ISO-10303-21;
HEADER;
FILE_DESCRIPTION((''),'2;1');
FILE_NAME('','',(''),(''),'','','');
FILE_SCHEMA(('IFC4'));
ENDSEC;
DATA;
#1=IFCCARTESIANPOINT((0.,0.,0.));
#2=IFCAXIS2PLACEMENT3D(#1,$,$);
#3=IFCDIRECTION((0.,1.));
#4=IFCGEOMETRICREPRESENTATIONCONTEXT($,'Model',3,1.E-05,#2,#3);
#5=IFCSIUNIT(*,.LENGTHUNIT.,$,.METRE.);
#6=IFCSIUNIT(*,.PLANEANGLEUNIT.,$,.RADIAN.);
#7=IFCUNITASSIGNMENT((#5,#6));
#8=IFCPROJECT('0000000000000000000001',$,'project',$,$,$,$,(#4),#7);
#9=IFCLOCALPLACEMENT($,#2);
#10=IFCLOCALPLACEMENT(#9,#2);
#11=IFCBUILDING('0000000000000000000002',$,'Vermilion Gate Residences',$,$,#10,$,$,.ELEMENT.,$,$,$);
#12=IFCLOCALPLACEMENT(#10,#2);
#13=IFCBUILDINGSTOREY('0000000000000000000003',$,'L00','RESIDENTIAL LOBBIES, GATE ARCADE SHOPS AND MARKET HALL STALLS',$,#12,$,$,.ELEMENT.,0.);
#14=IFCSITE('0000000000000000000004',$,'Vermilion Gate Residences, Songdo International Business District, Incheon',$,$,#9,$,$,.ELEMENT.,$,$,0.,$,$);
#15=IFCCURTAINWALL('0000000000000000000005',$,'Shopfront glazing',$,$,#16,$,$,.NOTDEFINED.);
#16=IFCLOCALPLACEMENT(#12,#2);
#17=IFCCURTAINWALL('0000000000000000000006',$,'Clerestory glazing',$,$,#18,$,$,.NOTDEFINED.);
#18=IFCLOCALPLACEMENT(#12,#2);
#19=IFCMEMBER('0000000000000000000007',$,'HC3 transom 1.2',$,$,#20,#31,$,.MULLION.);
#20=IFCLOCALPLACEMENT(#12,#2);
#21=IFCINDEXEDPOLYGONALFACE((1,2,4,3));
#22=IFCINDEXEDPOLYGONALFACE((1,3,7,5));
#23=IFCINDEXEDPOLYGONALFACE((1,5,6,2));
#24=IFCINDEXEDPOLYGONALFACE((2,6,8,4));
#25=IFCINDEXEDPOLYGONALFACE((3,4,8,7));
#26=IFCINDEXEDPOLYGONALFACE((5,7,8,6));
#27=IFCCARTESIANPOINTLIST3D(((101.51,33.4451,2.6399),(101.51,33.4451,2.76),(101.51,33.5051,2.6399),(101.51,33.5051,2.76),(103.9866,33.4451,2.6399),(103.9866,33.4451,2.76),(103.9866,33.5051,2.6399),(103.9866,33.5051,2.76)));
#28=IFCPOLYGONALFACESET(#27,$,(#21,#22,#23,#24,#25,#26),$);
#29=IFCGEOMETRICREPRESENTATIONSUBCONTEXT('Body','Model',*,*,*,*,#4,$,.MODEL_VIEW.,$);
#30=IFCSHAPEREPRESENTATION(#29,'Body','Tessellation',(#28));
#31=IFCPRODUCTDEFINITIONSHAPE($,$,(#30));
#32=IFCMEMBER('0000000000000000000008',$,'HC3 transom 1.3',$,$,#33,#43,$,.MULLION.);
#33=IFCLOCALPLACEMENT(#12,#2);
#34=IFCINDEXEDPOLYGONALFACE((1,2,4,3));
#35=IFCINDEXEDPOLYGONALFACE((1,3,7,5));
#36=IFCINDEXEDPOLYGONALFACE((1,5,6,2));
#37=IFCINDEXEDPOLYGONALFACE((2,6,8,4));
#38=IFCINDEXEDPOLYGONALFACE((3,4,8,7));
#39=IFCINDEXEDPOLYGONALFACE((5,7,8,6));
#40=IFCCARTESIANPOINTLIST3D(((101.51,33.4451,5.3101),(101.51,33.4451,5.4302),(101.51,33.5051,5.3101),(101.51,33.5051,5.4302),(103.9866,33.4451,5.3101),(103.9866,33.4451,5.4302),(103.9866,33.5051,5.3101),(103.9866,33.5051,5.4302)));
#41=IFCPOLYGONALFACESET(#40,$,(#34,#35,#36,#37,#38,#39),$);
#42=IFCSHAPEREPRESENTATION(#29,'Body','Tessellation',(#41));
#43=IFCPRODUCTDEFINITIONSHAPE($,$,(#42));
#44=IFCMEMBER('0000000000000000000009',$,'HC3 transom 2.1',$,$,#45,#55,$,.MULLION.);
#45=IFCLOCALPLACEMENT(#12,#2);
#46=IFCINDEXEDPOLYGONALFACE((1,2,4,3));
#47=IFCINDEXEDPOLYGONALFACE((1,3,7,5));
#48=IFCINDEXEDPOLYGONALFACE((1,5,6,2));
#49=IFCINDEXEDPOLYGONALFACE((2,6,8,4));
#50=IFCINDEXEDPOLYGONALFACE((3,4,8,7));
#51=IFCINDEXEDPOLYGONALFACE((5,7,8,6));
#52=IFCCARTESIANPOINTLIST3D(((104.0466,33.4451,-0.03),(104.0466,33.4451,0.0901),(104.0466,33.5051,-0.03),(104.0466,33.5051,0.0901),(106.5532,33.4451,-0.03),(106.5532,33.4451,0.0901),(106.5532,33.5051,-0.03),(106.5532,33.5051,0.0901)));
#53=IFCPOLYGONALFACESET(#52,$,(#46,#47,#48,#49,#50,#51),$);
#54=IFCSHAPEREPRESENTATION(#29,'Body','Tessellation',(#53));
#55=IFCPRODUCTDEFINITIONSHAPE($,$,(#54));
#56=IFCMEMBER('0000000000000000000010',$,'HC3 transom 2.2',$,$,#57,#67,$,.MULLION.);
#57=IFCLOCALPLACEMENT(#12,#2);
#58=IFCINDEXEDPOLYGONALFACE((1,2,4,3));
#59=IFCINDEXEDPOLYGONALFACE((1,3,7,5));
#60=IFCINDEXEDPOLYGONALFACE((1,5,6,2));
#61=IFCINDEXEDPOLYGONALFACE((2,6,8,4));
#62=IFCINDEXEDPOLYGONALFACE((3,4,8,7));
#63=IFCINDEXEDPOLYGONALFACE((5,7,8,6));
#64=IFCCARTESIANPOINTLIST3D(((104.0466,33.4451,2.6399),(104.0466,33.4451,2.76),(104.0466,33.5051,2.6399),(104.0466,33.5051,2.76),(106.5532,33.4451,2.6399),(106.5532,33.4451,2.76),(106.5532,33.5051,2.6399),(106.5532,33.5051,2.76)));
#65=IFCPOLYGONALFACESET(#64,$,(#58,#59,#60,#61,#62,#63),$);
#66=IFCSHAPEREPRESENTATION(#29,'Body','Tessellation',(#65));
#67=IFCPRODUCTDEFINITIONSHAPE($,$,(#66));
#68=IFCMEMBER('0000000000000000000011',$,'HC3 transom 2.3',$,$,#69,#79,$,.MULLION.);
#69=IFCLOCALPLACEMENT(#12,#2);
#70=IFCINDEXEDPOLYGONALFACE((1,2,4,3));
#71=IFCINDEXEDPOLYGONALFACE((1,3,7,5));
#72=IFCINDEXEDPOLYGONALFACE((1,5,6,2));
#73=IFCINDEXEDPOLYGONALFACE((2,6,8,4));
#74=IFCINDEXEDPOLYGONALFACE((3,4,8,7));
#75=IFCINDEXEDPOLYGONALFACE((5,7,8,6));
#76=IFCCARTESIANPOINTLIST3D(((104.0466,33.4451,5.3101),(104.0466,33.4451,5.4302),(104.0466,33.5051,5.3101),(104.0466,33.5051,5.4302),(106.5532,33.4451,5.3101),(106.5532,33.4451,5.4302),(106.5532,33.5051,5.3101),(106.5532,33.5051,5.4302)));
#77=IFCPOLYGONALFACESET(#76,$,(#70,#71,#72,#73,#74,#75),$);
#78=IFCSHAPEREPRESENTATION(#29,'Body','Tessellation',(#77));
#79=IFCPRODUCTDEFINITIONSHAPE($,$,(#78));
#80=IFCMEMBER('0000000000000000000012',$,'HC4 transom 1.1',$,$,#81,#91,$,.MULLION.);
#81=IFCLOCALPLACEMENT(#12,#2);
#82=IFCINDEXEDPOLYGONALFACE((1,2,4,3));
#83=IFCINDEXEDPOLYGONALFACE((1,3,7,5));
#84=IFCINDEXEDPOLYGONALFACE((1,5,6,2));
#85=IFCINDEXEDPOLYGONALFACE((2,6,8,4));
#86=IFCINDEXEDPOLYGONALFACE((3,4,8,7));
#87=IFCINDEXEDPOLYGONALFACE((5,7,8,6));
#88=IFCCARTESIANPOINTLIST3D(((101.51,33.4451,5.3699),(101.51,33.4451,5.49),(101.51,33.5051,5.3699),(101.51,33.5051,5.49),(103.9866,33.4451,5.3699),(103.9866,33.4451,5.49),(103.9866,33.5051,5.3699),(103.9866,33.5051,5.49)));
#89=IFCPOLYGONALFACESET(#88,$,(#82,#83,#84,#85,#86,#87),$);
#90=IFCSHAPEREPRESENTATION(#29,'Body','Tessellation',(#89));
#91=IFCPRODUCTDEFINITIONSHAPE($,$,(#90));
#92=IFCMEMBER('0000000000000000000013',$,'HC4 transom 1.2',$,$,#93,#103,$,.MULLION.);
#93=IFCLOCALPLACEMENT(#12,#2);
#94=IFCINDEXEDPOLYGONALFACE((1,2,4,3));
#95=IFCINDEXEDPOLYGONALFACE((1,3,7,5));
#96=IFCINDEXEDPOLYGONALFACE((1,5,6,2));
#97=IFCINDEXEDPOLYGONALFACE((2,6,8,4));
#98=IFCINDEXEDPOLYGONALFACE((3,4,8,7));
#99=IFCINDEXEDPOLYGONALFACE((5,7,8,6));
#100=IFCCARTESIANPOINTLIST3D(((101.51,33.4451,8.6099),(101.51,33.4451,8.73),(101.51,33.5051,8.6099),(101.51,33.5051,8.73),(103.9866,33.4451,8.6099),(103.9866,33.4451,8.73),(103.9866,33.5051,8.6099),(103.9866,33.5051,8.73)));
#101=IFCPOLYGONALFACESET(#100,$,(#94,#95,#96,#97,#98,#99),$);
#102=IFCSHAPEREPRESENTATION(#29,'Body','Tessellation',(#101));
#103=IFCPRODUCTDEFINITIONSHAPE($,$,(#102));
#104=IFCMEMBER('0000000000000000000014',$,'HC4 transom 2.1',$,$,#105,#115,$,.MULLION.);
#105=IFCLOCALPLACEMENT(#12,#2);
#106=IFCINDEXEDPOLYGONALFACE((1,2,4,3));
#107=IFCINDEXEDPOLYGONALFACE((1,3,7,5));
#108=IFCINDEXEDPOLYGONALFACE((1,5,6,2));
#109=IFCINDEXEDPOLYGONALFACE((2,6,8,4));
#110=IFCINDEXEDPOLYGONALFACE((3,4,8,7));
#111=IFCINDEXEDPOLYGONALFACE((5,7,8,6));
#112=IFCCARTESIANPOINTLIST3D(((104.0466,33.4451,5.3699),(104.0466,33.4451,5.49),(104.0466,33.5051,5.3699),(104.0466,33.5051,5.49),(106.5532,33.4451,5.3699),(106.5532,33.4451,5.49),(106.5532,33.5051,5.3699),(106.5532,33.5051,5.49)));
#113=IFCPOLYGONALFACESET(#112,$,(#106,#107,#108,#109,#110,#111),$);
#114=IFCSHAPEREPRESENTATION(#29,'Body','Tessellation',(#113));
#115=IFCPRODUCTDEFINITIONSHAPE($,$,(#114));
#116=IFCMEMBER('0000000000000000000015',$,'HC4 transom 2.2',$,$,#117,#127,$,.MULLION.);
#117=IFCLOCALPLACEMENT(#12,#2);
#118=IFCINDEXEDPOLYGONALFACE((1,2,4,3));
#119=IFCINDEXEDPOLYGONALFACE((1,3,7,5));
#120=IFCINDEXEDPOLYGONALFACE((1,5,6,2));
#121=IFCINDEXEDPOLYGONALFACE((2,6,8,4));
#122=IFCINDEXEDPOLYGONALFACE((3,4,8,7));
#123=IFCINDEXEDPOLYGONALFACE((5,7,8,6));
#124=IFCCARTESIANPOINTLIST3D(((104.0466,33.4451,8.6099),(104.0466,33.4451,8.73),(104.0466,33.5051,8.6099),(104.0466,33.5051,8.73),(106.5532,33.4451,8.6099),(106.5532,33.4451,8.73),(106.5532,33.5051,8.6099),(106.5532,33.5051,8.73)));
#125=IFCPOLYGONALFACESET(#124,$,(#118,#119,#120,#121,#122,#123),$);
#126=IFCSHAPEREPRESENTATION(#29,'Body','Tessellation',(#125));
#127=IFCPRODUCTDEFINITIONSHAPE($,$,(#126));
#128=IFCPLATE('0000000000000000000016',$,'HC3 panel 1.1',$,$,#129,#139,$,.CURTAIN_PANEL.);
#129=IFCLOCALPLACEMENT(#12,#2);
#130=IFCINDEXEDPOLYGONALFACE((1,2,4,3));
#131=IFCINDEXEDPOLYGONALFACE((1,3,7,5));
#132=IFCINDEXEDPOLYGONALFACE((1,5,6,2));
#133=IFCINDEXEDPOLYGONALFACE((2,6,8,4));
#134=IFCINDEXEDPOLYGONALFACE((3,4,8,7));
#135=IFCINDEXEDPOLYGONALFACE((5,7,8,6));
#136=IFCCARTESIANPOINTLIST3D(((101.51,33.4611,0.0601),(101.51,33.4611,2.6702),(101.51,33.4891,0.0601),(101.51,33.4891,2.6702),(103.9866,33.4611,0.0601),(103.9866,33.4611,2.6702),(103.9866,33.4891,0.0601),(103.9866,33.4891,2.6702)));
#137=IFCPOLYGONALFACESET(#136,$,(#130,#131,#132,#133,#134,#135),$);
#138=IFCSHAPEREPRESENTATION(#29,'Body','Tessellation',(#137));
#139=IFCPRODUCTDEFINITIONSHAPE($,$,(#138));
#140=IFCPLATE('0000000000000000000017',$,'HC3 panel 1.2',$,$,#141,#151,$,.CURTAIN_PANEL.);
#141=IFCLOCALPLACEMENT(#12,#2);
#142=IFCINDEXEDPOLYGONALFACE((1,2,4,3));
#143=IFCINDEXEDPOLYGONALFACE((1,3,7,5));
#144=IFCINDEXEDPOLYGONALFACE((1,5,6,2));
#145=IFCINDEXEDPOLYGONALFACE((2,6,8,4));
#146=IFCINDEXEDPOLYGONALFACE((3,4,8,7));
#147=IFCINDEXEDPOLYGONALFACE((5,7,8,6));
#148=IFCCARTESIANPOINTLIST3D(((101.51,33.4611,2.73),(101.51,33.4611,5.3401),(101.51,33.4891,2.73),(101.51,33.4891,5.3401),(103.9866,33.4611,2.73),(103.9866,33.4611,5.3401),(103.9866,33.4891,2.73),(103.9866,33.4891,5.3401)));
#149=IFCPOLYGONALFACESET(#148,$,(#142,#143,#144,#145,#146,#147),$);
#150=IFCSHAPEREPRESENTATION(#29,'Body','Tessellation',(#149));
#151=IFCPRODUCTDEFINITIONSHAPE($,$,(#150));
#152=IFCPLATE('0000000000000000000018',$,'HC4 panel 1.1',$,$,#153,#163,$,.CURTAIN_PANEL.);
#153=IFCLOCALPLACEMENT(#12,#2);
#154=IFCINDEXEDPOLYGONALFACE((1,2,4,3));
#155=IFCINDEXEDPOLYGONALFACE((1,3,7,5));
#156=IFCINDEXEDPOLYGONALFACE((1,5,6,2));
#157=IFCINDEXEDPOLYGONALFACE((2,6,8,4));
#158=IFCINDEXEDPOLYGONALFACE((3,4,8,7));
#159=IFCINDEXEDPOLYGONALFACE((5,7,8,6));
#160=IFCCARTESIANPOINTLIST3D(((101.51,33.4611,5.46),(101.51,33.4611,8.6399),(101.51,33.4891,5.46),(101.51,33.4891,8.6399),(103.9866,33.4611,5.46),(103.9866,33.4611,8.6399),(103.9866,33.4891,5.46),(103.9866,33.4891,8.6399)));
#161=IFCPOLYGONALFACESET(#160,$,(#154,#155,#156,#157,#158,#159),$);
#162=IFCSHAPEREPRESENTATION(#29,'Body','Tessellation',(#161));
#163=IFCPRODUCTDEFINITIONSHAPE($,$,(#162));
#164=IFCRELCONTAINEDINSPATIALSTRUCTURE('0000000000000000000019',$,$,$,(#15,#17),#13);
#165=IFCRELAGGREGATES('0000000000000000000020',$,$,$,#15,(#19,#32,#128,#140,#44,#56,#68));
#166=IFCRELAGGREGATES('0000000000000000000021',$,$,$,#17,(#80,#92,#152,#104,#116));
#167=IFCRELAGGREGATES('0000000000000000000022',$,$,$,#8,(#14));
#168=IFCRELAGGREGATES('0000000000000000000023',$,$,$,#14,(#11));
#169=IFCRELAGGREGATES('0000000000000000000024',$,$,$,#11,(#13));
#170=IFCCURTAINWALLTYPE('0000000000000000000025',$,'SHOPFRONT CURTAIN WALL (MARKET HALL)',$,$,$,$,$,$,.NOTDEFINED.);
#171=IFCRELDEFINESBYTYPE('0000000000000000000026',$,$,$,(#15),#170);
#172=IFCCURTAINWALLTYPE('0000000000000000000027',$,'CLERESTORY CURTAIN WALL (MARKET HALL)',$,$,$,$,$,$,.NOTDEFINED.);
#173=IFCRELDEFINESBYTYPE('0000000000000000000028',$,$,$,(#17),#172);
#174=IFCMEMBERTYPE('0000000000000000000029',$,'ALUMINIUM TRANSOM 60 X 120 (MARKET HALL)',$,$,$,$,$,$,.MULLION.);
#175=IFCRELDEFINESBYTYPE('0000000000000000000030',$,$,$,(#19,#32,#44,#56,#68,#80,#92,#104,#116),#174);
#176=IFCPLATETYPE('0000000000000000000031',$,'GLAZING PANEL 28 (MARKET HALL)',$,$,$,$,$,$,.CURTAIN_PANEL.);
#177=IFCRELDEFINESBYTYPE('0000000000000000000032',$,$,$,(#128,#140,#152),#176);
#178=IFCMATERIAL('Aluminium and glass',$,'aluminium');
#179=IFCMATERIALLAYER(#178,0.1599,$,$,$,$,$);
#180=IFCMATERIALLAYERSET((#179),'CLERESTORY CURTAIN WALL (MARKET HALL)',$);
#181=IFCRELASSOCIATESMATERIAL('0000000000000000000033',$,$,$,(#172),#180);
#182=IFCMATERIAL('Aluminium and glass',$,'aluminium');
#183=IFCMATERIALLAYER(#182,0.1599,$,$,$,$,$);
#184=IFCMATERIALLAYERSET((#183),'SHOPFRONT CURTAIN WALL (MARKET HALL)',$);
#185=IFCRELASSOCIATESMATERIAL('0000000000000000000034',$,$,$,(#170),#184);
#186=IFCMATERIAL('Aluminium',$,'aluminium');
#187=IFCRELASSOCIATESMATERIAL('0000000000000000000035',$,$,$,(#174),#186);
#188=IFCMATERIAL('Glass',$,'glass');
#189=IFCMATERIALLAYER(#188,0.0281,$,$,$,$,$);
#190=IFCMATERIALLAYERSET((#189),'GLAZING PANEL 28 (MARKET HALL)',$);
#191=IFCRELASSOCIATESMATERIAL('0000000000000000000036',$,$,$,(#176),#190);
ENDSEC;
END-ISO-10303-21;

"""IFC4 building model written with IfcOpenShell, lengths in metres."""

from ifc_helpers import new_model, si_unit, direction, frame, origin, origin_2d, place, context, subcontext, project, spatial, rectangle, extrude, material, layer, layer_set, material_profile, profile_set, type_object, element, aggregate, save


model = new_model("IFC4")

# Units and contexts
model_context = context("Model", 3, precision=1e-05, world=origin(), true_north=direction((0.0, 1.0)))
body_context = subcontext(model_context, "Body", "Model", "MODEL_VIEW")
ifc_project = project(units=[si_unit("LENGTHUNIT", "METRE"), si_unit("PLANEANGLEUNIT", "RADIAN")], contexts=[model_context])

# Site, building, storey
site_placement = place(None, origin())
site = spatial("IfcSite", under=ifc_project, at=site_placement, Name="Vermilion Gate Residences, Songdo International Business District, Incheon", CompositionType="ELEMENT", RefElevation=0.0)
building_placement = place(site_placement, origin())
building = spatial("IfcBuilding", under=site, at=building_placement, Name="Vermilion Gate Residences", CompositionType="ELEMENT")
storey_placement = place(building_placement, origin())
storey = spatial("IfcBuildingStorey", under=building, at=storey_placement, Name="L00", Description="RESIDENTIAL LOBBIES, GATE ARCADE SHOPS AND MARKET HALL STALLS", CompositionType="ELEMENT", Elevation=0.0)

# Shared definitions
ifc_material_1 = material(Name="Aluminium and glass", Category="aluminium")
ifc_layer_1 = layer(ifc_material_1, 0.1599)
ifc_layer_set_1 = layer_set([ifc_layer_1], Name="CLERESTORY CURTAIN WALL (MARKET HALL)")
curtain_wall_type_1 = type_object("IfcCurtainWallType", Name="CLERESTORY CURTAIN WALL (MARKET HALL)", PredefinedType="NOTDEFINED", material=ifc_layer_set_1)

# Curtain walls
ifc_material_2 = material(Name="Aluminium and glass", Category="aluminium")
ifc_layer_2 = layer(ifc_material_2, 0.1599)
ifc_layer_set_2 = layer_set([ifc_layer_2], Name="SHOPFRONT CURTAIN WALL (MARKET HALL)")
curtain_wall_type_2 = type_object("IfcCurtainWallType", Name="SHOPFRONT CURTAIN WALL (MARKET HALL)", PredefinedType="NOTDEFINED", material=ifc_layer_set_2)
curtain_wall_1_placement = place(storey_placement, origin())
curtain_wall_1 = element("IfcCurtainWall", 1, at=curtain_wall_1_placement, inside=storey, type_object=curtain_wall_type_2, Name="Shopfront glazing", PredefinedType="NOTDEFINED")
curtain_wall_2_placement = place(storey_placement, origin())
curtain_wall_2 = element("IfcCurtainWall", 2, at=curtain_wall_2_placement, inside=storey, type_object=curtain_wall_type_1, Name="Clerestory glazing", PredefinedType="NOTDEFINED")

# Members
ifc_material_3 = material(Name="Aluminium", Category="aluminium")
ifc_material_profile_1 = material_profile(ifc_material_3, rectangle(XDim=0.0601, YDim=0.1201, at=origin_2d()), Name="ALUMINIUM TRANSOM 60 X 120 (MARKET HALL)")
ifc_profile_set_1 = profile_set([ifc_material_profile_1], Name="Aluminium")
member_type_1 = type_object("IfcMemberType", Name="ALUMINIUM TRANSOM 60 X 120 (MARKET HALL)", PredefinedType="MULLION", material=ifc_profile_set_1)
member_1_placement = place(storey_placement, frame((101.51, 33.4751, 2.7), z_axis=(1.0, 0.0, 0.0), x_axis=(0.0, 1.0, 0.0)))
member_1 = element("IfcMember", 3, at=member_1_placement, type_object=member_type_1, Name="HC3 transom 1.2", PredefinedType="MULLION", context=body_context, shape_type="SweptSolid", body=[
    extrude(rectangle(XDim=0.0601, YDim=0.1201, at=origin_2d()), origin(), (0.0, 0.0, 1.0), 2.4766),
])
member_2_placement = place(storey_placement, frame((101.51, 33.4751, 5.3701), z_axis=(1.0, 0.0, 0.0), x_axis=(0.0, 1.0, 0.0)))
member_2 = element("IfcMember", 4, at=member_2_placement, type_object=member_type_1, Name="HC3 transom 1.3", PredefinedType="MULLION", context=body_context, shape_type="SweptSolid", body=[
    extrude(rectangle(XDim=0.0601, YDim=0.1201, at=origin_2d()), origin(), (0.0, 0.0, 1.0), 2.4766),
])
member_3_placement = place(storey_placement, frame((104.0466, 33.4751, 0.03), z_axis=(1.0, 0.0, 0.0), x_axis=(0.0, 1.0, 0.0)))
member_3 = element("IfcMember", 5, at=member_3_placement, type_object=member_type_1, Name="HC3 transom 2.1", PredefinedType="MULLION", context=body_context, shape_type="SweptSolid", body=[
    extrude(rectangle(XDim=0.0601, YDim=0.1201, at=origin_2d()), origin(), (0.0, 0.0, 1.0), 2.5066),
])
member_4_placement = place(storey_placement, frame((104.0466, 33.4751, 2.7), z_axis=(1.0, 0.0, 0.0), x_axis=(0.0, 1.0, 0.0)))
member_4 = element("IfcMember", 6, at=member_4_placement, type_object=member_type_1, Name="HC3 transom 2.2", PredefinedType="MULLION", context=body_context, shape_type="SweptSolid", body=[
    extrude(rectangle(XDim=0.0601, YDim=0.1201, at=origin_2d()), origin(), (0.0, 0.0, 1.0), 2.5066),
])
member_5_placement = place(storey_placement, frame((104.0466, 33.4751, 5.3701), z_axis=(1.0, 0.0, 0.0), x_axis=(0.0, 1.0, 0.0)))
member_5 = element("IfcMember", 7, at=member_5_placement, type_object=member_type_1, Name="HC3 transom 2.3", PredefinedType="MULLION", context=body_context, shape_type="SweptSolid", body=[
    extrude(rectangle(XDim=0.0601, YDim=0.1201, at=origin_2d()), origin(), (0.0, 0.0, 1.0), 2.5066),
])
member_6_placement = place(storey_placement, frame((101.51, 33.4751, 5.4299), z_axis=(1.0, 0.0, 0.0), x_axis=(0.0, 1.0, 0.0)))
member_6 = element("IfcMember", 8, at=member_6_placement, type_object=member_type_1, Name="HC4 transom 1.1", PredefinedType="MULLION", context=body_context, shape_type="SweptSolid", body=[
    extrude(rectangle(XDim=0.0601, YDim=0.1201, at=origin_2d()), origin(), (0.0, 0.0, 1.0), 2.4766),
])
member_7_placement = place(storey_placement, frame((101.51, 33.4751, 8.6699), z_axis=(1.0, 0.0, 0.0), x_axis=(0.0, 1.0, 0.0)))
member_7 = element("IfcMember", 9, at=member_7_placement, type_object=member_type_1, Name="HC4 transom 1.2", PredefinedType="MULLION", context=body_context, shape_type="SweptSolid", body=[
    extrude(rectangle(XDim=0.0601, YDim=0.1201, at=origin_2d()), origin(), (0.0, 0.0, 1.0), 2.4766),
])
member_8_placement = place(storey_placement, frame((104.0466, 33.4751, 5.4299), z_axis=(1.0, 0.0, 0.0), x_axis=(0.0, 1.0, 0.0)))
member_8 = element("IfcMember", 10, at=member_8_placement, type_object=member_type_1, Name="HC4 transom 2.1", PredefinedType="MULLION", context=body_context, shape_type="SweptSolid", body=[
    extrude(rectangle(XDim=0.0601, YDim=0.1201, at=origin_2d()), origin(), (0.0, 0.0, 1.0), 2.5066),
])
member_9_placement = place(storey_placement, frame((104.0466, 33.4751, 8.6699), z_axis=(1.0, 0.0, 0.0), x_axis=(0.0, 1.0, 0.0)))
member_9 = element("IfcMember", 11, at=member_9_placement, type_object=member_type_1, Name="HC4 transom 2.2", PredefinedType="MULLION", context=body_context, shape_type="SweptSolid", body=[
    extrude(rectangle(XDim=0.0601, YDim=0.1201, at=origin_2d()), origin(), (0.0, 0.0, 1.0), 2.5066),
])

# Plates
ifc_material_4 = material(Name="Glass", Category="glass")
ifc_layer_3 = layer(ifc_material_4, 0.0281)
ifc_layer_set_3 = layer_set([ifc_layer_3], Name="GLAZING PANEL 28 (MARKET HALL)")
plate_type = type_object("IfcPlateType", Name="GLAZING PANEL 28 (MARKET HALL)", PredefinedType="CURTAIN_PANEL", material=ifc_layer_set_3)
plate_1_placement = place(storey_placement, frame((102.7483, 33.4751, 0.0601), z_axis=(0.0, 0.0, 1.0), x_axis=(1.0, 0.0, 0.0)))
plate_1 = element("IfcPlate", 12, at=plate_1_placement, type_object=plate_type, Name="HC3 panel 1.1", PredefinedType="CURTAIN_PANEL", context=body_context, shape_type="SweptSolid", body=[
    extrude(rectangle(XDim=2.4766, YDim=0.0281, at=origin_2d()), origin(), (0.0, 0.0, 1.0), 2.6101),
])
plate_2_placement = place(storey_placement, frame((102.7483, 33.4751, 2.73), z_axis=(0.0, 0.0, 1.0), x_axis=(1.0, 0.0, 0.0)))
plate_2 = element("IfcPlate", 13, at=plate_2_placement, type_object=plate_type, Name="HC3 panel 1.2", PredefinedType="CURTAIN_PANEL", context=body_context, shape_type="SweptSolid", body=[
    extrude(rectangle(XDim=2.4766, YDim=0.0281, at=origin_2d()), origin(), (0.0, 0.0, 1.0), 2.6101),
])
aggregate(curtain_wall_1, [member_1, member_2, plate_1, plate_2, member_3, member_4, member_5])
plate_3_placement = place(storey_placement, frame((102.7483, 33.4751, 5.46), z_axis=(0.0, 0.0, 1.0), x_axis=(1.0, 0.0, 0.0)))
plate_3 = element("IfcPlate", 14, at=plate_3_placement, type_object=plate_type, Name="HC4 panel 1.1", PredefinedType="CURTAIN_PANEL", context=body_context, shape_type="SweptSolid", body=[
    extrude(rectangle(XDim=2.4766, YDim=0.0281, at=origin_2d()), origin(), (0.0, 0.0, 1.0), 3.1799),
])
aggregate(curtain_wall_2, [member_6, member_7, plate_3, member_8, member_9])

save(model, "model.ifc")
